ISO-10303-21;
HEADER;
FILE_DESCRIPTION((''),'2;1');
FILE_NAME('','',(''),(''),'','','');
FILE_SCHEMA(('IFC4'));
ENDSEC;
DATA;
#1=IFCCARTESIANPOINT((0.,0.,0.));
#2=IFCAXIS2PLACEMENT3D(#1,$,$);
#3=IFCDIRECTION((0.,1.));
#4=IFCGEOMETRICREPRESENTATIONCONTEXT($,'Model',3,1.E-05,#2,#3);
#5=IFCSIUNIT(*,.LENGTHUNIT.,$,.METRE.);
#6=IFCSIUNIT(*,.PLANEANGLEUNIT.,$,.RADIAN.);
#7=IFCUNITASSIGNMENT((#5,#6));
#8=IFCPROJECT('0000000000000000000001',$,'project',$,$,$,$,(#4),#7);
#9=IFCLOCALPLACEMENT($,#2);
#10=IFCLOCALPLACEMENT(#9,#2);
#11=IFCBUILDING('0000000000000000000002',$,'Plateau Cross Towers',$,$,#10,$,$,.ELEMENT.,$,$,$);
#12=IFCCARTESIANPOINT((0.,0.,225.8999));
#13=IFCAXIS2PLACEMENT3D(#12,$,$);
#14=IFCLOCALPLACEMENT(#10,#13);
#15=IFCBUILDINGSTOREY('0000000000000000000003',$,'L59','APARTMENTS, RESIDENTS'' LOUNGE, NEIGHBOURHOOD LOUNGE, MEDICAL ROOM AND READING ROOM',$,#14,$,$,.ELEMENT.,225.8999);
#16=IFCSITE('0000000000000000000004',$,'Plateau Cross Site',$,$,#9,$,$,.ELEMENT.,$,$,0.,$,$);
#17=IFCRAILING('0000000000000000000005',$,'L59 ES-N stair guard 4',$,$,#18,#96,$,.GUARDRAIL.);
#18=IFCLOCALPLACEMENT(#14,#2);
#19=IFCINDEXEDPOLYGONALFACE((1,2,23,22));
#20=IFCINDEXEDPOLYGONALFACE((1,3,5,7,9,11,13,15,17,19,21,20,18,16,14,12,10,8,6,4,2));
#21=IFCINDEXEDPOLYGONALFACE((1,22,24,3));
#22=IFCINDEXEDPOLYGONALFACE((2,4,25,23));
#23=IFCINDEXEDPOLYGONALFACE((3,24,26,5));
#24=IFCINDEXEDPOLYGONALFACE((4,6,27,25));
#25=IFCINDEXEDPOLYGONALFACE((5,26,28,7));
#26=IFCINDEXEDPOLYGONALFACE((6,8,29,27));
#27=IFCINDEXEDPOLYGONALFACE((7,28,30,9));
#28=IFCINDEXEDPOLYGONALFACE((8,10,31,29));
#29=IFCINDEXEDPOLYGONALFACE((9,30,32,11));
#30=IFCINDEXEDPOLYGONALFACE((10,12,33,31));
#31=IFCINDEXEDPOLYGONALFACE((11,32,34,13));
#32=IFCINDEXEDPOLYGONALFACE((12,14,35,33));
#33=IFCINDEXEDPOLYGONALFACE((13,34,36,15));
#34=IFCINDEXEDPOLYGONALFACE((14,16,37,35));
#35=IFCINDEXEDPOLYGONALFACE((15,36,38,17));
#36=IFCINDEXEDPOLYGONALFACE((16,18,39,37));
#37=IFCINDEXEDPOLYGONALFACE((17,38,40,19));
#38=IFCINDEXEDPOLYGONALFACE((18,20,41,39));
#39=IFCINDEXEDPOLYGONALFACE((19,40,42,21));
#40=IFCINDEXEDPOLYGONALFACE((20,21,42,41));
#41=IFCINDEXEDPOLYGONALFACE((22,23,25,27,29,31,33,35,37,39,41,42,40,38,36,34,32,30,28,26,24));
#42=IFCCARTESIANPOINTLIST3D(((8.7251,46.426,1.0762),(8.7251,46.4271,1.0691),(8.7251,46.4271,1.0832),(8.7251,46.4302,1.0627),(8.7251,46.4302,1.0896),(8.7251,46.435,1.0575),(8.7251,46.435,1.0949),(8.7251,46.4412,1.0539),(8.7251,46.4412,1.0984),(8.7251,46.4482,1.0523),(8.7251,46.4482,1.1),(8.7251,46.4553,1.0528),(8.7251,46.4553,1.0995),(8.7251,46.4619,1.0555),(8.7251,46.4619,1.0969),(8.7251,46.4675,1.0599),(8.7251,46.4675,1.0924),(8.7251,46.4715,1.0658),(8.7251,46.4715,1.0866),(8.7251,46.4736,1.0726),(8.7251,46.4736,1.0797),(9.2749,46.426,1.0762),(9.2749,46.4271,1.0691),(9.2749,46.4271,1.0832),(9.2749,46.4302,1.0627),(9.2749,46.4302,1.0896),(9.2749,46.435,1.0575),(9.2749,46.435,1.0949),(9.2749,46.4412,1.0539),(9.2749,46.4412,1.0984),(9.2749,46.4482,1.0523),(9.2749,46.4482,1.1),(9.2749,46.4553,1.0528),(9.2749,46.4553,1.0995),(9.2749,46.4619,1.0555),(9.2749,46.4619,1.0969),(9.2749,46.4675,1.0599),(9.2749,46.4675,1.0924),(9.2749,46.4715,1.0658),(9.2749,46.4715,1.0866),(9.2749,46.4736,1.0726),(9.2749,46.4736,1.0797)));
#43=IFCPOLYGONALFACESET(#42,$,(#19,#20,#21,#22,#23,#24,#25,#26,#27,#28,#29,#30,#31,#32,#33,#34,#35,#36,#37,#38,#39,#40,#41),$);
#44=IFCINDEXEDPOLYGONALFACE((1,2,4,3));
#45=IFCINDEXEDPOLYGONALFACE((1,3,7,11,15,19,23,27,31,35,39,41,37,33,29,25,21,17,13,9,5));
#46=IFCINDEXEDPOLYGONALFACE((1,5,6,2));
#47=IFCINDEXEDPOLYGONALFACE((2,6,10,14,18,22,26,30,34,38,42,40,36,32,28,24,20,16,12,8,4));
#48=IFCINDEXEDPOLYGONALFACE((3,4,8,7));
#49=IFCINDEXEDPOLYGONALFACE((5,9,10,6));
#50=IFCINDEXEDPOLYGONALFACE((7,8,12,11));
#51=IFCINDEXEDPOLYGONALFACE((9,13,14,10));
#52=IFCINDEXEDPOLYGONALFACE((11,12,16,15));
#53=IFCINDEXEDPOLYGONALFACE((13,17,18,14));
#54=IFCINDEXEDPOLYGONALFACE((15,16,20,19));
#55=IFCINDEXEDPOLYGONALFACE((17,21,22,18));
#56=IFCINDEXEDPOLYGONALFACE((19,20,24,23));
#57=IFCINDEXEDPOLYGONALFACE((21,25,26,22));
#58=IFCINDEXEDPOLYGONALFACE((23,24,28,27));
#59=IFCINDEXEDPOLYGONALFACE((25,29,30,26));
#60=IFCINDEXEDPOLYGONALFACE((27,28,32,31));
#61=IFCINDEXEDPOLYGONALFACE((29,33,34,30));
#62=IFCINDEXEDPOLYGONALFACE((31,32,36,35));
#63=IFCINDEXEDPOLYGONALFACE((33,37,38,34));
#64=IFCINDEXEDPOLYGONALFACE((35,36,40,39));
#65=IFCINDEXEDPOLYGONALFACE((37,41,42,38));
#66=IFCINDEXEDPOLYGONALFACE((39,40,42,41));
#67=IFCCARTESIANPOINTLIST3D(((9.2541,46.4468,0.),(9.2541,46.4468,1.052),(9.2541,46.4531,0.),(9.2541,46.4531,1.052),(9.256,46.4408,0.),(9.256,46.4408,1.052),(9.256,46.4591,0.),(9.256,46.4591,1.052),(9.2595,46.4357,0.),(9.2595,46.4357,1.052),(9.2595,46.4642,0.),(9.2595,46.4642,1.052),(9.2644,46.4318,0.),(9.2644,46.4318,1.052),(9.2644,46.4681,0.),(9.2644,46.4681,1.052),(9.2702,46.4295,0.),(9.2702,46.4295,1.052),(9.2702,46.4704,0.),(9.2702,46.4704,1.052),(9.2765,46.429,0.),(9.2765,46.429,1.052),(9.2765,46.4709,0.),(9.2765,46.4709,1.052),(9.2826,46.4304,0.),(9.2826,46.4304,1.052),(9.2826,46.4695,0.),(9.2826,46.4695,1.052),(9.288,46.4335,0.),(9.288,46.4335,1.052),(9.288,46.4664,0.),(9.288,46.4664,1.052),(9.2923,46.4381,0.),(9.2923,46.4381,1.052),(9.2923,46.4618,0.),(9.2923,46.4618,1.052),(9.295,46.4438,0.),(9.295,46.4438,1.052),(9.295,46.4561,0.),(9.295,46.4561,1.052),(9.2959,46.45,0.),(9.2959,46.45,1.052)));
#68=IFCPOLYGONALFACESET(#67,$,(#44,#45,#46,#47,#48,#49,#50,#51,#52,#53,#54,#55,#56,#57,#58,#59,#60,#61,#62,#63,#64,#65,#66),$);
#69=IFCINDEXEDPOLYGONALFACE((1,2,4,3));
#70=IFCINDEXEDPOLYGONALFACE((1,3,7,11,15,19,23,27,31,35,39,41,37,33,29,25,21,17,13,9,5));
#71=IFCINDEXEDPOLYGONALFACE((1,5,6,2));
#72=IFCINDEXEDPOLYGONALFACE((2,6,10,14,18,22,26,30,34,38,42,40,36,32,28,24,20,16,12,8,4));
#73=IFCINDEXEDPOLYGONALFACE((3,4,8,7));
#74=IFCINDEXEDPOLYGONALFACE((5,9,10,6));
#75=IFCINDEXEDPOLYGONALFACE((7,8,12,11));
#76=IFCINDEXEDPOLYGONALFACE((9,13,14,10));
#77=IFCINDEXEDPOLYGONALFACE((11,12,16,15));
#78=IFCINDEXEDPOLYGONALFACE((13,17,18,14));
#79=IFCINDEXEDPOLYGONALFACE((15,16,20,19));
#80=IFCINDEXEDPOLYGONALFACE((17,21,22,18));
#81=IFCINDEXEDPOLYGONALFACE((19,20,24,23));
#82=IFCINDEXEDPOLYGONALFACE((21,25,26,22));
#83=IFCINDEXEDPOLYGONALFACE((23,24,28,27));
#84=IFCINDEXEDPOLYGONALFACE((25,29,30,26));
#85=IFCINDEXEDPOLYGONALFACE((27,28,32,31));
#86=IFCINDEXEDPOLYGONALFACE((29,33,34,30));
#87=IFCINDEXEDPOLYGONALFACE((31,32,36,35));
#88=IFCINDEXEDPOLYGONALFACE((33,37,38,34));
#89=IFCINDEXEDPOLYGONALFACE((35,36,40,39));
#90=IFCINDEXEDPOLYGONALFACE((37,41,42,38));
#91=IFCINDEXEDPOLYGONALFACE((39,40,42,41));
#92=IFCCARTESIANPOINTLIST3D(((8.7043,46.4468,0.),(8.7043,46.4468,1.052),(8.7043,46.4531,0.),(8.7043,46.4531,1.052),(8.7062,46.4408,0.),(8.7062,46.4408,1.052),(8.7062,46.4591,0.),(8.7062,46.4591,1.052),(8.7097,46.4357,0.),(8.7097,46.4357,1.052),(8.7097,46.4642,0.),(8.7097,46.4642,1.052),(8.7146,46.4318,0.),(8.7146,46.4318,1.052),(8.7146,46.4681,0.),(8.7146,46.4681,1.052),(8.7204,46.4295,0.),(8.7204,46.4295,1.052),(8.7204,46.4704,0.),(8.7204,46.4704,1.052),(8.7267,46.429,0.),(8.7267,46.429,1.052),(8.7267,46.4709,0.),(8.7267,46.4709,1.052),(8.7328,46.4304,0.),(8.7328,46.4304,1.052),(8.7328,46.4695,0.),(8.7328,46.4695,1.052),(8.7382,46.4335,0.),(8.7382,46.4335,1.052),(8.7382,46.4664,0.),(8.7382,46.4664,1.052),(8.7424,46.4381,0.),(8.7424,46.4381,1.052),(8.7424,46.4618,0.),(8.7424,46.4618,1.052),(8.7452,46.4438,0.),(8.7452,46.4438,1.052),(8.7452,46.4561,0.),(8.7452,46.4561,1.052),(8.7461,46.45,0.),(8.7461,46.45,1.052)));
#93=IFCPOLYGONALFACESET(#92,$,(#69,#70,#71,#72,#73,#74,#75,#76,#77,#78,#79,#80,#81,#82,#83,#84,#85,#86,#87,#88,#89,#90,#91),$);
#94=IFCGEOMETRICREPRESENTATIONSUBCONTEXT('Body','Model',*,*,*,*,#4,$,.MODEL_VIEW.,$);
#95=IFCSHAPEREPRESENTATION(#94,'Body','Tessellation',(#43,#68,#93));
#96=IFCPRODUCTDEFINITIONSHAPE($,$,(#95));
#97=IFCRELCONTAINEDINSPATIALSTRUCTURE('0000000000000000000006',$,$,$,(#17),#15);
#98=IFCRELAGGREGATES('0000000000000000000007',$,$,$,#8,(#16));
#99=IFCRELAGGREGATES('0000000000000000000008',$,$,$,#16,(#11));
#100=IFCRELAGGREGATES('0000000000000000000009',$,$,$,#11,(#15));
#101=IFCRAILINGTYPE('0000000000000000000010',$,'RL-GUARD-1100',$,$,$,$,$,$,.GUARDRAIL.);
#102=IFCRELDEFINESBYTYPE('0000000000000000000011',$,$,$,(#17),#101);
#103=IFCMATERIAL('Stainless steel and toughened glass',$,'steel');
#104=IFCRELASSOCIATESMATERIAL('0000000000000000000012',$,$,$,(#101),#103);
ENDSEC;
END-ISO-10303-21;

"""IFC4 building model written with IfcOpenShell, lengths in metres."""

from ifc_helpers import new_model, si_unit, direction, frame, origin, origin_2d, place, context, subcontext, project, spatial, circle, extrude, material, type_object, element, save


model = new_model("IFC4")

# Units and contexts
model_context = context("Model", 3, precision=1e-05, world=origin(), true_north=direction((0.0, 1.0)))
body_context = subcontext(model_context, "Body", "Model", "MODEL_VIEW")
ifc_project = project(units=[si_unit("LENGTHUNIT", "METRE"), si_unit("PLANEANGLEUNIT", "RADIAN")], contexts=[model_context])

# Site, building, storey
site_placement = place(None, origin())
site = spatial("IfcSite", under=ifc_project, at=site_placement, Name="Plateau Cross Site", CompositionType="ELEMENT", RefElevation=0.0)
building_placement = place(site_placement, origin())
building = spatial("IfcBuilding", under=site, at=building_placement, Name="Plateau Cross Towers", CompositionType="ELEMENT")
storey_placement = place(building_placement, frame((0.0, 0.0, 225.8999)))
storey = spatial("IfcBuildingStorey", under=building, at=storey_placement, Name="L59", Description="APARTMENTS, RESIDENTS' LOUNGE, NEIGHBOURHOOD LOUNGE, MEDICAL ROOM AND READING ROOM", CompositionType="ELEMENT", Elevation=225.8999)

# Railing
ifc_material_1 = material(Name="Stainless steel and toughened glass", Category="steel")
railing_type_1 = type_object("IfcRailingType", Name="RL-GUARD-1100", PredefinedType="GUARDRAIL", material=ifc_material_1)
railing_1_placement = place(storey_placement, frame((9.2749, 46.45, 0.0)))
element("IfcRailing", 1, at=railing_1_placement, inside=storey, type_object=railing_type_1, Name="L59 ES-N stair guard 4", PredefinedType="GUARDRAIL", context=body_context, shape_type="SweptSolid", body=[
    extrude(circle(Radius=0.0239, at=origin_2d()), frame((0.0, 0.0, 1.0762), z_axis=(-1.0, 0.0, 0.0), x_axis=(0.0, -1.0, 0.0)), (0.0, 0.0, 1.0), 0.5498),
    extrude(circle(Radius=0.021, at=origin_2d()), origin(), (0.0, 0.0, 1.0), 1.052),
    extrude(circle(Radius=0.021, at=origin_2d()), frame((-0.5498, 0.0, 0.0)), (0.0, 0.0, 1.0), 1.052),
])

save(model, "model.ifc")
